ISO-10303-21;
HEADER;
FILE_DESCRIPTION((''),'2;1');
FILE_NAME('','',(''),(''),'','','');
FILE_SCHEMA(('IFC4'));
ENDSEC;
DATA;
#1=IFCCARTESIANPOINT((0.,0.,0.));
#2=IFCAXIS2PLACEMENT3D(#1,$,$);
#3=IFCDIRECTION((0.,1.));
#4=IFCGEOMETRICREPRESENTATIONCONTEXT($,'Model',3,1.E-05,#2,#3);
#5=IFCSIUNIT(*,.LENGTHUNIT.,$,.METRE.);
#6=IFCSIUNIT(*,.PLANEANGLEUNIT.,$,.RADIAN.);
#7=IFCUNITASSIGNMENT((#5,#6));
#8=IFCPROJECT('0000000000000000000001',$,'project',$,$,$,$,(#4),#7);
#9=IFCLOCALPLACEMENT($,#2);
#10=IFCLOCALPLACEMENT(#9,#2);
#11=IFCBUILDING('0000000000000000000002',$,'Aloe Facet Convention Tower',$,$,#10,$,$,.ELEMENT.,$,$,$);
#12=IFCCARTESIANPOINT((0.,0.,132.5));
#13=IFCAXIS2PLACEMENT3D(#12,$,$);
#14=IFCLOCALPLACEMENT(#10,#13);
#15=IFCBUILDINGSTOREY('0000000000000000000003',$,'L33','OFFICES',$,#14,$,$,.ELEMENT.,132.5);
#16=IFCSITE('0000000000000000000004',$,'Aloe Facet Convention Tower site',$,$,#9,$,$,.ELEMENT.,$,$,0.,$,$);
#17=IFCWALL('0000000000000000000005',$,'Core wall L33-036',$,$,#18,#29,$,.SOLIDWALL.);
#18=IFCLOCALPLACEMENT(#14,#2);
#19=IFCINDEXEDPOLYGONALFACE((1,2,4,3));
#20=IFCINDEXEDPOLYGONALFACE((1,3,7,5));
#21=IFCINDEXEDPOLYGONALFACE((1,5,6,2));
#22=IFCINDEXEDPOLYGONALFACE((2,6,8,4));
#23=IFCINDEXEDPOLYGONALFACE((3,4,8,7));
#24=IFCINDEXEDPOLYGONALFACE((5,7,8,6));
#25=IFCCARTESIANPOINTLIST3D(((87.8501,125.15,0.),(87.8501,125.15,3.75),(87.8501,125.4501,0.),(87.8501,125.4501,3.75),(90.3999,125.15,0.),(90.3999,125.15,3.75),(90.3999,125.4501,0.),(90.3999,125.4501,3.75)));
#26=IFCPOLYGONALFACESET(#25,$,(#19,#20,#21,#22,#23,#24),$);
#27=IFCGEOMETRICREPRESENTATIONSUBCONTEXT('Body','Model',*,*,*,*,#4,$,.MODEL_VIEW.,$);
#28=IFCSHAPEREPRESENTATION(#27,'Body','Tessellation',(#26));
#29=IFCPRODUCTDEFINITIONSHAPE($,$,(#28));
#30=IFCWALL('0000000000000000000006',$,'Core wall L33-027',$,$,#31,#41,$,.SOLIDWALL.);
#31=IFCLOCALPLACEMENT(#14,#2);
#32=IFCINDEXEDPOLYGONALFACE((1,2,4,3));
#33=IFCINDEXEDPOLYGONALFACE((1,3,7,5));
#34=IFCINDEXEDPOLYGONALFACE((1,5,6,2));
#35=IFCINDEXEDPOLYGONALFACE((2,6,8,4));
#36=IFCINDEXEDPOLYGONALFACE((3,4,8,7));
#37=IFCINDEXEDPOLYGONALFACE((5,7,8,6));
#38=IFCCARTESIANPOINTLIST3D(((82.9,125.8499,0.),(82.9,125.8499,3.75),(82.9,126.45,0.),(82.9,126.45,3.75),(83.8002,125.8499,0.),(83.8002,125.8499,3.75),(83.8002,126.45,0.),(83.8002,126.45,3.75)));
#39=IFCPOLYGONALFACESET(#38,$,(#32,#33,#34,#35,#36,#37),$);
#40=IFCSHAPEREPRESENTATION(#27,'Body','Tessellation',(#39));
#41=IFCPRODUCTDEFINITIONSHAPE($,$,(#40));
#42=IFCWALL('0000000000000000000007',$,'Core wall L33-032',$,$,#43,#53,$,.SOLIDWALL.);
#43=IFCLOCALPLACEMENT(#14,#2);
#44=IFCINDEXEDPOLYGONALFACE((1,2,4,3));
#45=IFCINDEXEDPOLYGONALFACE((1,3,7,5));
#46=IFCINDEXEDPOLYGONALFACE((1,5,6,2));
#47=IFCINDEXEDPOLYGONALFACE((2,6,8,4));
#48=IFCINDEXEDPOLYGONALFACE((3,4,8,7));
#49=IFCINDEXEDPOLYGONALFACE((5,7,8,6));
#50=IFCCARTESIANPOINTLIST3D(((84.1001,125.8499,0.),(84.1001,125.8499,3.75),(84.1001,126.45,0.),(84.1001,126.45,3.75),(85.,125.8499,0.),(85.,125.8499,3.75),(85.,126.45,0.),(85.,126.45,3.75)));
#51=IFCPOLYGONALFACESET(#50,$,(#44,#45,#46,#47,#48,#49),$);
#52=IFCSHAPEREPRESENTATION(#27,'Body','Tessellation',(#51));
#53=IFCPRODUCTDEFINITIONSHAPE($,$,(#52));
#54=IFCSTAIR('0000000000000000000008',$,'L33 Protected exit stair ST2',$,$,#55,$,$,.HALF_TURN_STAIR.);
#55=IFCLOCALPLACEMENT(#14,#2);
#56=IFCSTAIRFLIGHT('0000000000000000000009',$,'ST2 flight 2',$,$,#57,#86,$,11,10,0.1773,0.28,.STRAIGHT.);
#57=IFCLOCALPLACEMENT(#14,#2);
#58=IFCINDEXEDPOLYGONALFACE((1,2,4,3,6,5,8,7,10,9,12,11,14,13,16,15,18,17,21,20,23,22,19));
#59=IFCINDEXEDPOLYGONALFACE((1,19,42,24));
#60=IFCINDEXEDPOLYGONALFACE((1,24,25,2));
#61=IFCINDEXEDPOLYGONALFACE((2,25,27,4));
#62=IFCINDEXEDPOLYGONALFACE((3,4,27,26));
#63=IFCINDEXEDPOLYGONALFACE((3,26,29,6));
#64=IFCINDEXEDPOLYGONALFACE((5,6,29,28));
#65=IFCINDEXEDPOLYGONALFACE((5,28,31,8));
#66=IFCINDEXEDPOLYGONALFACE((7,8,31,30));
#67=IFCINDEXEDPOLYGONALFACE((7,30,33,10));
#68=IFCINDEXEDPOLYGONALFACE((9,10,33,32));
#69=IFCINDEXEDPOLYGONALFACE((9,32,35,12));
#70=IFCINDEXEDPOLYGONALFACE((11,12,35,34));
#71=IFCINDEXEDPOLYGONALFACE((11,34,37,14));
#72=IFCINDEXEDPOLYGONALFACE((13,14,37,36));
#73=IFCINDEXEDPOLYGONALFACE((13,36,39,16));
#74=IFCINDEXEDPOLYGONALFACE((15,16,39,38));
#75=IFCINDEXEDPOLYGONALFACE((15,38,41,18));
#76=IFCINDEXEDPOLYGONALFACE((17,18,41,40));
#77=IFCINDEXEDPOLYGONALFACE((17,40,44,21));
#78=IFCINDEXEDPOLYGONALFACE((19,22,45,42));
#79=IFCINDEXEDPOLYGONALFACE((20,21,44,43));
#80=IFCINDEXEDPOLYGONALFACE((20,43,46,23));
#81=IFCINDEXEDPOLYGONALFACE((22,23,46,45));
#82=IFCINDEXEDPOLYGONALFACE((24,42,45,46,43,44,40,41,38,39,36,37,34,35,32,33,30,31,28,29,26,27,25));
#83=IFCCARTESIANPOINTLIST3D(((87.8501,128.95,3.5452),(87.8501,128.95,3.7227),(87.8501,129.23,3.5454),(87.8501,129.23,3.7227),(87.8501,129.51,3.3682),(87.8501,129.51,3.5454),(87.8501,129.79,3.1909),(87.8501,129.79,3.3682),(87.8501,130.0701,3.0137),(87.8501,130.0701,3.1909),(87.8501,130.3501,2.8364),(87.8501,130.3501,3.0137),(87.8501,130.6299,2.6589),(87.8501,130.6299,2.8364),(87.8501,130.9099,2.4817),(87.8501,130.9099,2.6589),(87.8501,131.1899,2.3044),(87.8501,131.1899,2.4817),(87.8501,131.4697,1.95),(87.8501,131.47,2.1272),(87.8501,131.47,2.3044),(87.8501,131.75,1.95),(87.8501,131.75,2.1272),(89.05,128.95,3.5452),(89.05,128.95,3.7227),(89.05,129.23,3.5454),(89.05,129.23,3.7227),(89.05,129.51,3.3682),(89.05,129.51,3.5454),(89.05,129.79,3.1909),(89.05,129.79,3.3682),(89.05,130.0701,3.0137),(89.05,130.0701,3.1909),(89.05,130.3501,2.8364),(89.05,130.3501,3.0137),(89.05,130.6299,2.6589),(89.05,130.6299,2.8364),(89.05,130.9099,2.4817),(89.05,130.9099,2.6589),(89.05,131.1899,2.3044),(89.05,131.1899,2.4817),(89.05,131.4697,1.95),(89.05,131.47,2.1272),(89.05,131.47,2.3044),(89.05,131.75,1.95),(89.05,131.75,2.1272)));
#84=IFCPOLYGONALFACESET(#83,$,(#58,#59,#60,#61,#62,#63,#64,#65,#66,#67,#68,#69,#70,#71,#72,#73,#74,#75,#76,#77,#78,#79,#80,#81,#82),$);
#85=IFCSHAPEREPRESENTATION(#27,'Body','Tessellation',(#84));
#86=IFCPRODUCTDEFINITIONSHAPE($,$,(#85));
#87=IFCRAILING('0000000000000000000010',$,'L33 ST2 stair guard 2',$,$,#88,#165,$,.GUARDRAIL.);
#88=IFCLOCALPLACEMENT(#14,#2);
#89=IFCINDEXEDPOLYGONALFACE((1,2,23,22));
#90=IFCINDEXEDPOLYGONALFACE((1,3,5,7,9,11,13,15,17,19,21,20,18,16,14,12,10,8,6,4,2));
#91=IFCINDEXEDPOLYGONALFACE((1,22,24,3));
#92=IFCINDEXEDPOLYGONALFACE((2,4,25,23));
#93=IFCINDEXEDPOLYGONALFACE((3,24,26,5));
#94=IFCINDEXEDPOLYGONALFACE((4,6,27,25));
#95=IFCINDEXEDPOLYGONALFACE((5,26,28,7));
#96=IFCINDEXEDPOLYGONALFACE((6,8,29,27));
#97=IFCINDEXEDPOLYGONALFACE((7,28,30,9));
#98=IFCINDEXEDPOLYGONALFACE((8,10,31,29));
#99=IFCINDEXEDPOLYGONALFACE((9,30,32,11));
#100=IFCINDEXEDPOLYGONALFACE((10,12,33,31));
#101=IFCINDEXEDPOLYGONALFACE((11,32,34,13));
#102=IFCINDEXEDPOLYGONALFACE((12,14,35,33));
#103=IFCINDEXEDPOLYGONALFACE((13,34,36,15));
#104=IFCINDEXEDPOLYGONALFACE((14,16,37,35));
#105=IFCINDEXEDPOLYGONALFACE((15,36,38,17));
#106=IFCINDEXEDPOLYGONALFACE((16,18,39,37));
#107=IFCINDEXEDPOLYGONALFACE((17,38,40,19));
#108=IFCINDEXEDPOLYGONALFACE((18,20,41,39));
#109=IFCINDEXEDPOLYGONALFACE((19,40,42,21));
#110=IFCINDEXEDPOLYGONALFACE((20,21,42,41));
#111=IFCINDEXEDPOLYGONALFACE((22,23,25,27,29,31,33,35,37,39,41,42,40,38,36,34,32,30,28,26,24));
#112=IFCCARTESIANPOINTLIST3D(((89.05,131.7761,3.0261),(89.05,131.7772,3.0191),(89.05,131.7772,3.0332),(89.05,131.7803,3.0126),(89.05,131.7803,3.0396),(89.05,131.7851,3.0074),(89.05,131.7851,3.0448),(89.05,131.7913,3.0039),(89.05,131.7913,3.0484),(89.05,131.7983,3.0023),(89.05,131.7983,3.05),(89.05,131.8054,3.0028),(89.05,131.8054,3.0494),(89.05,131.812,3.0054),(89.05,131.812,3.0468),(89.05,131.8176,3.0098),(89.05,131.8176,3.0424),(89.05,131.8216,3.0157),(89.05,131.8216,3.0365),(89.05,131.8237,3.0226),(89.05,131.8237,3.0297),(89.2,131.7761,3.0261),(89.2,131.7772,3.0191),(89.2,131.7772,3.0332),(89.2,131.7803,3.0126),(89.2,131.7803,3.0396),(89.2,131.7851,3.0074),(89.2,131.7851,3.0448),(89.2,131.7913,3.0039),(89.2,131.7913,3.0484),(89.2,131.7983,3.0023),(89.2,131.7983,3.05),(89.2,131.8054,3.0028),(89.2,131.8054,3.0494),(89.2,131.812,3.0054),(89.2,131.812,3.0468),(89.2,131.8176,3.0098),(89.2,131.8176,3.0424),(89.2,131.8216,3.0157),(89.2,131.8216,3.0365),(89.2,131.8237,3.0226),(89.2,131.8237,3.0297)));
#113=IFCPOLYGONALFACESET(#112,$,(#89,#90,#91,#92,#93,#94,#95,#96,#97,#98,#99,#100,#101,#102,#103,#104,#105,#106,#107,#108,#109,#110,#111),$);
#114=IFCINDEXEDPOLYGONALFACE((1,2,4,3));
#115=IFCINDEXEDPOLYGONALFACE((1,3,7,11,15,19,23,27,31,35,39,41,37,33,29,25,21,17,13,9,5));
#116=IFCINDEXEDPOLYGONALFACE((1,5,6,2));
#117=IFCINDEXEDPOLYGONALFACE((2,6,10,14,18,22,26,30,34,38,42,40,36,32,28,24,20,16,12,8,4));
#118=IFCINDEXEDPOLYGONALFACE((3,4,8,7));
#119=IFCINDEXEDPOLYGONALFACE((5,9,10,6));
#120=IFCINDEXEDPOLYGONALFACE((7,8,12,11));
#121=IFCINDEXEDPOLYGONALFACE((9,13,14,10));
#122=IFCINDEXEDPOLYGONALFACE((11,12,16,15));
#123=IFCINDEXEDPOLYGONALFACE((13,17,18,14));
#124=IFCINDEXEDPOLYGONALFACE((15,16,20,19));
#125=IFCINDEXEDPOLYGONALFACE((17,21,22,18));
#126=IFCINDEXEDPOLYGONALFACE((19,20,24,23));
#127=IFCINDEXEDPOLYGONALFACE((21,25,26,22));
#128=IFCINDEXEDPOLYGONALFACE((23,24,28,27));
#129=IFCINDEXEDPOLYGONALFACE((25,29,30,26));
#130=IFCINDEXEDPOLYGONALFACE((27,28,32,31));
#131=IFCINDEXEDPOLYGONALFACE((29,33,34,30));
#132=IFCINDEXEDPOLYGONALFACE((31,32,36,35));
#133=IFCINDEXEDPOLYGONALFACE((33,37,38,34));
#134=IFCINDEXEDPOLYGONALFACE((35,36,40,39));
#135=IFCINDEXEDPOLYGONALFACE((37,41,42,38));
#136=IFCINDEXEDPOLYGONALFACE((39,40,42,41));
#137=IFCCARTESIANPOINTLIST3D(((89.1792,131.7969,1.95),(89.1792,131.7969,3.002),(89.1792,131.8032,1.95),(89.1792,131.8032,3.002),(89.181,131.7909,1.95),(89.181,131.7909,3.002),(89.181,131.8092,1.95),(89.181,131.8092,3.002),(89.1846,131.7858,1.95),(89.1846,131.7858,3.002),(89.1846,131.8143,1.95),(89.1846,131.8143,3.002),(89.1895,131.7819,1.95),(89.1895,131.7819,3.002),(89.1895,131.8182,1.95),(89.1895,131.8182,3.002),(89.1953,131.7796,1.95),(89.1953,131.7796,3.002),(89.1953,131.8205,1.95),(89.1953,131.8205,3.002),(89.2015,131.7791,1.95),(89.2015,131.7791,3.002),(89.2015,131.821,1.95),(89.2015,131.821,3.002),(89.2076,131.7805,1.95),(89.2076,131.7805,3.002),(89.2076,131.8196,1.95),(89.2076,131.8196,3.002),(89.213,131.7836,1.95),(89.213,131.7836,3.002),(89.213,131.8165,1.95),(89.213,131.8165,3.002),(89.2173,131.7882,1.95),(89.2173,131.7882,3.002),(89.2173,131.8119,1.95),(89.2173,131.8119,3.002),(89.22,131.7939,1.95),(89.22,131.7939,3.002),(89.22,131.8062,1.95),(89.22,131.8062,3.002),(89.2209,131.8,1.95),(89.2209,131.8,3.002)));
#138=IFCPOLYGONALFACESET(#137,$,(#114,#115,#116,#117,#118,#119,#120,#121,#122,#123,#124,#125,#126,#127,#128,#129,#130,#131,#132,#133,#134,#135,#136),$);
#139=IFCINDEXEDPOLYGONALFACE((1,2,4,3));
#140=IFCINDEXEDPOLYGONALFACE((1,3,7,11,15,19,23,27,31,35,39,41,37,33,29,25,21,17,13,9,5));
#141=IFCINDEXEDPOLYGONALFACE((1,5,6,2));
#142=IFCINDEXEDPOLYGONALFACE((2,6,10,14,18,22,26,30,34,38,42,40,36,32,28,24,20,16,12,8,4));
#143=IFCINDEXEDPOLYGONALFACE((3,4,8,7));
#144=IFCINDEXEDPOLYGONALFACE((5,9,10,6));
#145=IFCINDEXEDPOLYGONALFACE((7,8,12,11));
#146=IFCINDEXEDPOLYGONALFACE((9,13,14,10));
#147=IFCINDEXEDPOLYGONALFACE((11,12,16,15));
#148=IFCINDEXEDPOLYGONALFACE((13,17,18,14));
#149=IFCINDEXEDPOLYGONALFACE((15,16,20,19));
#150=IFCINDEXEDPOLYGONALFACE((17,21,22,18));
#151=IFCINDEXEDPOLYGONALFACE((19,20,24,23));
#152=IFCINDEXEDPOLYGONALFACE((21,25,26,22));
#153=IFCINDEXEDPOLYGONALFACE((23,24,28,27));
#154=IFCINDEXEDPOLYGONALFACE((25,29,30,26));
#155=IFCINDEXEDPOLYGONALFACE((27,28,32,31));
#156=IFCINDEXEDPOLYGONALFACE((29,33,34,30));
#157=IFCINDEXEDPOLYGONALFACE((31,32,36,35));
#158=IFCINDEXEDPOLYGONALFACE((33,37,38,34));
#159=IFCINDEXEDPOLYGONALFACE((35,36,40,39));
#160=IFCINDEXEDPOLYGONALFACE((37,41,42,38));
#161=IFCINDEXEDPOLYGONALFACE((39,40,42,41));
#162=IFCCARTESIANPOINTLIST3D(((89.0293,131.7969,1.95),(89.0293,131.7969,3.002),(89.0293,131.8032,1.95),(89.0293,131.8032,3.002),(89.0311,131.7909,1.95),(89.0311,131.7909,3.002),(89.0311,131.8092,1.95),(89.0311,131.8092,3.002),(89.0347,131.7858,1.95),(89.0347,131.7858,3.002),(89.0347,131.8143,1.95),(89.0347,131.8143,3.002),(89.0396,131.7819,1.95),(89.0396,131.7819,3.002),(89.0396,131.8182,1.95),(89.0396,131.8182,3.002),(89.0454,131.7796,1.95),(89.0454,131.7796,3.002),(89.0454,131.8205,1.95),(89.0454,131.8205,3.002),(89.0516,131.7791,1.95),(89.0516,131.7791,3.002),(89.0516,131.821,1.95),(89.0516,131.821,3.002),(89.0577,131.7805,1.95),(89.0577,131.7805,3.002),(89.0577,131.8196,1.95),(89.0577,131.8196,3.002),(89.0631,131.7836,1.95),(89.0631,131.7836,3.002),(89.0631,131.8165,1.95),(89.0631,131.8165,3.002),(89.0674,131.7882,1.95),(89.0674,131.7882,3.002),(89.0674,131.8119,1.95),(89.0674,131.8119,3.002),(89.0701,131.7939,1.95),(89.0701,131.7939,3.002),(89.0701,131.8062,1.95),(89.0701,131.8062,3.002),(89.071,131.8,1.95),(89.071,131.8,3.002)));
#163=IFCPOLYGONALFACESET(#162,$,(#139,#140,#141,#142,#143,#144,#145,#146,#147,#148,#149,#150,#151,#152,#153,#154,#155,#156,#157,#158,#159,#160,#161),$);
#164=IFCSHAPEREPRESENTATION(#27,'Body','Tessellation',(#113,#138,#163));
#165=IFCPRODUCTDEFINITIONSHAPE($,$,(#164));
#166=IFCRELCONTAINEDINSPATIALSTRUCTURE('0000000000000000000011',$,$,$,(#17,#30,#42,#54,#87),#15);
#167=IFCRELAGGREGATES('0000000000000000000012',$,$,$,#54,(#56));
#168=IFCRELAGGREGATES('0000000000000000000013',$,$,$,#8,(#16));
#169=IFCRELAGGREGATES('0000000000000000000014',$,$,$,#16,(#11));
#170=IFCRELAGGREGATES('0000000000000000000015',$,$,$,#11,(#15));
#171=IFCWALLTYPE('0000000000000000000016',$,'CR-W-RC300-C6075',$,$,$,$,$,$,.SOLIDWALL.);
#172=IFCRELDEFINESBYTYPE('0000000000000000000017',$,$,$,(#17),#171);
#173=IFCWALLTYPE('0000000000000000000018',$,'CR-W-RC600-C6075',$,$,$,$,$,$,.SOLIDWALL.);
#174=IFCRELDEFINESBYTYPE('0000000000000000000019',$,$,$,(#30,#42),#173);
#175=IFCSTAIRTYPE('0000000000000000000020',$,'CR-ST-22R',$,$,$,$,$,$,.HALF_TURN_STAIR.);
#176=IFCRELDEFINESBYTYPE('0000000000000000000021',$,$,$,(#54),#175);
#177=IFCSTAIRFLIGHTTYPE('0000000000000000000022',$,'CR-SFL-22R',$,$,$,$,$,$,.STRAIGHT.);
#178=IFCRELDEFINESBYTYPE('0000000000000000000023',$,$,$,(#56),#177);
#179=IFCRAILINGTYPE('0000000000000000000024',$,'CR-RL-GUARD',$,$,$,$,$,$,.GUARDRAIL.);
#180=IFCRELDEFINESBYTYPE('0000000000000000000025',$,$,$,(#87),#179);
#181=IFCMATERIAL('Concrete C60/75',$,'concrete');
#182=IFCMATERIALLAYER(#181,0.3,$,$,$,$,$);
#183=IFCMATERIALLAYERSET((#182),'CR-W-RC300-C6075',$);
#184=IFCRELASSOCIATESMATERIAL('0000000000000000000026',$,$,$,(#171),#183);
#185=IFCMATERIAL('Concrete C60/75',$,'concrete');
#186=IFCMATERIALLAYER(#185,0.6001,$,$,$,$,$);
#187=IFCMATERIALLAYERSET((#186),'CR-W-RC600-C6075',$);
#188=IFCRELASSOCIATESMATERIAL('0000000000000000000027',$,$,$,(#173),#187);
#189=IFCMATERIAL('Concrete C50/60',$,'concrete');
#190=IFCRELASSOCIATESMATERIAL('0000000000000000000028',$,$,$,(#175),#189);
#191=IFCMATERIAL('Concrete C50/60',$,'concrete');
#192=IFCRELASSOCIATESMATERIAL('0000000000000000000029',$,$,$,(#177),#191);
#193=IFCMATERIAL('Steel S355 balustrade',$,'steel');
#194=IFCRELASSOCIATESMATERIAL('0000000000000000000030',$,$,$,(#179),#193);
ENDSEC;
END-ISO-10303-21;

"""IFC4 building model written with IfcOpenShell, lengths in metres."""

from ifc_helpers import new_model, si_unit, direction, frame, frame_2d, origin, origin_2d, place, context, subcontext, project, spatial, polyline, rectangle, circle, outline, extrude, material, layer, layer_set, type_object, element, aggregate, save


model = new_model("IFC4")

# Units and contexts
model_context = context("Model", 3, precision=1e-05, world=origin(), true_north=direction((0.0, 1.0)))
body_context = subcontext(model_context, "Body", "Model", "MODEL_VIEW")
ifc_project = project(units=[si_unit("LENGTHUNIT", "METRE"), si_unit("PLANEANGLEUNIT", "RADIAN")], contexts=[model_context])

# Site, building, storey
site_placement = place(None, origin())
site = spatial("IfcSite", under=ifc_project, at=site_placement, Name="Aloe Facet Convention Tower site", CompositionType="ELEMENT", RefElevation=0.0)
building_placement = place(site_placement, origin())
building = spatial("IfcBuilding", under=site, at=building_placement, Name="Aloe Facet Convention Tower", CompositionType="ELEMENT")
storey_placement = place(building_placement, frame((0.0, 0.0, 132.5)))
storey = spatial("IfcBuildingStorey", under=building, at=storey_placement, Name="L33", Description="OFFICES", CompositionType="ELEMENT", Elevation=132.5)

# Shared definitions
ifc_material_1 = material(Name="Concrete C60/75", Category="concrete")
ifc_layer_1 = layer(ifc_material_1, 0.3)
ifc_layer_set_1 = layer_set([ifc_layer_1], Name="CR-W-RC300-C6075")
wall_type_1 = type_object("IfcWallType", Name="CR-W-RC300-C6075", PredefinedType="SOLIDWALL", material=ifc_layer_set_1)

# Walls
for number, where, z_axis, x_axis, name in (
    (1, (87.8501, 125.3, 0.0), (0.0, 0.0, 1.0), (1.0, 0.0, 0.0), "Core wall L33-036"),
):
    element("IfcWall", number, at=place(storey_placement, frame(where, z_axis=z_axis, x_axis=x_axis)), inside=storey, type_object=wall_type_1, Name=name, PredefinedType="SOLIDWALL", context=body_context, shape_type="SweptSolid", body=[
        extrude(rectangle(XDim=2.5498, YDim=0.3, at=frame_2d((1.2749, 0.0))), origin(), (0.0, 0.0, 1.0), 3.75),
    ])
ifc_material_2 = material(Name="Concrete C60/75", Category="concrete")
ifc_layer_2 = layer(ifc_material_2, 0.6001)
ifc_layer_set_2 = layer_set([ifc_layer_2], Name="CR-W-RC600-C6075")
wall_type_2 = type_object("IfcWallType", Name="CR-W-RC600-C6075", PredefinedType="SOLIDWALL", material=ifc_layer_set_2)
wall_1_placement = place(storey_placement, frame((82.8999, 126.1499, 0.0), z_axis=(0.0, 0.0, 1.0), x_axis=(1.0, 0.0, 0.0)))
element("IfcWall", 2, at=wall_1_placement, inside=storey, type_object=wall_type_2, Name="Core wall L33-027", PredefinedType="SOLIDWALL", context=body_context, shape_type="SweptSolid", body=[
    extrude(rectangle(XDim=0.9001, YDim=0.6001, at=frame_2d((0.4502, 0.0))), origin(), (0.0, 0.0, 1.0), 3.75),
])
wall_2_placement = place(storey_placement, frame((84.1001, 126.1499, 0.0), z_axis=(0.0, 0.0, 1.0), x_axis=(1.0, 0.0, 0.0)))
element("IfcWall", 3, at=wall_2_placement, inside=storey, type_object=wall_type_2, Name="Core wall L33-032", PredefinedType="SOLIDWALL", context=body_context, shape_type="SweptSolid", body=[
    extrude(rectangle(XDim=0.8999, YDim=0.6001, at=frame_2d((0.45, 0.0))), origin(), (0.0, 0.0, 1.0), 3.75),
])

# Stair, stair flight
ifc_material_3 = material(Name="Concrete C50/60", Category="concrete")
stair_type = type_object("IfcStairType", Name="CR-ST-22R", PredefinedType="HALF_TURN_STAIR", material=ifc_material_3)
stair_placement = place(storey_placement, origin())
stair = element("IfcStair", 4, at=stair_placement, inside=storey, type_object=stair_type, Name="L33 Protected exit stair ST2", PredefinedType="HALF_TURN_STAIR")
ifc_material_4 = material(Name="Concrete C50/60", Category="concrete")
stair_flight_type = type_object("IfcStairFlightType", Name="CR-SFL-22R", PredefinedType="STRAIGHT", material=ifc_material_4)
stair_flight_placement = place(storey_placement, frame((88.45, 131.75, 1.95), z_axis=(0.0, 0.0, 1.0), x_axis=(0.0, -1.0, 0.0)))
stair_flight = element("IfcStairFlight", 5, at=stair_flight_placement, type_object=stair_flight_type, Name="ST2 flight 2", NumberOfRisers=11, NumberOfTreads=10, PredefinedType="STRAIGHT", RiserHeight=0.1773, TreadLength=0.28, context=body_context, shape_type="SweptSolid", body=[
    extrude(outline(polyline([(0.0, 0.0), (0.0, 0.1772), (0.28, 0.1772), (0.28, 0.3545), (0.5601, 0.3545), (0.5601, 0.5317), (0.8401, 0.5317), (0.8401, 0.709), (1.1201, 0.709), (1.1201, 0.8865), (1.3999, 0.8865), (1.3999, 1.0637), (1.6799, 1.0637), (1.6799, 1.241), (1.96, 1.241), (1.96, 1.4182), (2.24, 1.4182), (2.24, 1.5955), (2.52, 1.5955), (2.52, 1.7727), (2.8, 1.7727), (2.8, 1.95), (2.8, 1.5952), (0.2803, 0.0), (0.0, 0.0)])), frame((0.0, 0.6001, 0.0), z_axis=(0.0, -1.0, 0.0), x_axis=(1.0, 0.0, 0.0)), (0.0, 0.0, 1.0), 1.2),
])
aggregate(stair, [stair_flight])

# Railing
ifc_material_5 = material(Name="Steel S355 balustrade", Category="steel")
railing_type_1 = type_object("IfcRailingType", Name="CR-RL-GUARD", PredefinedType="GUARDRAIL", material=ifc_material_5)
railing_1_placement = place(storey_placement, frame((89.2, 131.8, 1.95)))
element("IfcRailing", 6, at=railing_1_placement, inside=storey, type_object=railing_type_1, Name="L33 ST2 stair guard 2", PredefinedType="GUARDRAIL", context=body_context, shape_type="SweptSolid", body=[
    extrude(circle(Radius=0.0239, at=origin_2d()), frame((0.0, 0.0, 1.0762), z_axis=(-1.0, 0.0, 0.0), x_axis=(0.0, -1.0, 0.0)), (0.0, 0.0, 1.0), 0.1499),
    extrude(circle(Radius=0.021, at=origin_2d()), origin(), (0.0, 0.0, 1.0), 1.052),
    extrude(circle(Radius=0.021, at=origin_2d()), frame((-0.1499, 0.0, 0.0)), (0.0, 0.0, 1.0), 1.052),
])

save(model, "model.ifc")
